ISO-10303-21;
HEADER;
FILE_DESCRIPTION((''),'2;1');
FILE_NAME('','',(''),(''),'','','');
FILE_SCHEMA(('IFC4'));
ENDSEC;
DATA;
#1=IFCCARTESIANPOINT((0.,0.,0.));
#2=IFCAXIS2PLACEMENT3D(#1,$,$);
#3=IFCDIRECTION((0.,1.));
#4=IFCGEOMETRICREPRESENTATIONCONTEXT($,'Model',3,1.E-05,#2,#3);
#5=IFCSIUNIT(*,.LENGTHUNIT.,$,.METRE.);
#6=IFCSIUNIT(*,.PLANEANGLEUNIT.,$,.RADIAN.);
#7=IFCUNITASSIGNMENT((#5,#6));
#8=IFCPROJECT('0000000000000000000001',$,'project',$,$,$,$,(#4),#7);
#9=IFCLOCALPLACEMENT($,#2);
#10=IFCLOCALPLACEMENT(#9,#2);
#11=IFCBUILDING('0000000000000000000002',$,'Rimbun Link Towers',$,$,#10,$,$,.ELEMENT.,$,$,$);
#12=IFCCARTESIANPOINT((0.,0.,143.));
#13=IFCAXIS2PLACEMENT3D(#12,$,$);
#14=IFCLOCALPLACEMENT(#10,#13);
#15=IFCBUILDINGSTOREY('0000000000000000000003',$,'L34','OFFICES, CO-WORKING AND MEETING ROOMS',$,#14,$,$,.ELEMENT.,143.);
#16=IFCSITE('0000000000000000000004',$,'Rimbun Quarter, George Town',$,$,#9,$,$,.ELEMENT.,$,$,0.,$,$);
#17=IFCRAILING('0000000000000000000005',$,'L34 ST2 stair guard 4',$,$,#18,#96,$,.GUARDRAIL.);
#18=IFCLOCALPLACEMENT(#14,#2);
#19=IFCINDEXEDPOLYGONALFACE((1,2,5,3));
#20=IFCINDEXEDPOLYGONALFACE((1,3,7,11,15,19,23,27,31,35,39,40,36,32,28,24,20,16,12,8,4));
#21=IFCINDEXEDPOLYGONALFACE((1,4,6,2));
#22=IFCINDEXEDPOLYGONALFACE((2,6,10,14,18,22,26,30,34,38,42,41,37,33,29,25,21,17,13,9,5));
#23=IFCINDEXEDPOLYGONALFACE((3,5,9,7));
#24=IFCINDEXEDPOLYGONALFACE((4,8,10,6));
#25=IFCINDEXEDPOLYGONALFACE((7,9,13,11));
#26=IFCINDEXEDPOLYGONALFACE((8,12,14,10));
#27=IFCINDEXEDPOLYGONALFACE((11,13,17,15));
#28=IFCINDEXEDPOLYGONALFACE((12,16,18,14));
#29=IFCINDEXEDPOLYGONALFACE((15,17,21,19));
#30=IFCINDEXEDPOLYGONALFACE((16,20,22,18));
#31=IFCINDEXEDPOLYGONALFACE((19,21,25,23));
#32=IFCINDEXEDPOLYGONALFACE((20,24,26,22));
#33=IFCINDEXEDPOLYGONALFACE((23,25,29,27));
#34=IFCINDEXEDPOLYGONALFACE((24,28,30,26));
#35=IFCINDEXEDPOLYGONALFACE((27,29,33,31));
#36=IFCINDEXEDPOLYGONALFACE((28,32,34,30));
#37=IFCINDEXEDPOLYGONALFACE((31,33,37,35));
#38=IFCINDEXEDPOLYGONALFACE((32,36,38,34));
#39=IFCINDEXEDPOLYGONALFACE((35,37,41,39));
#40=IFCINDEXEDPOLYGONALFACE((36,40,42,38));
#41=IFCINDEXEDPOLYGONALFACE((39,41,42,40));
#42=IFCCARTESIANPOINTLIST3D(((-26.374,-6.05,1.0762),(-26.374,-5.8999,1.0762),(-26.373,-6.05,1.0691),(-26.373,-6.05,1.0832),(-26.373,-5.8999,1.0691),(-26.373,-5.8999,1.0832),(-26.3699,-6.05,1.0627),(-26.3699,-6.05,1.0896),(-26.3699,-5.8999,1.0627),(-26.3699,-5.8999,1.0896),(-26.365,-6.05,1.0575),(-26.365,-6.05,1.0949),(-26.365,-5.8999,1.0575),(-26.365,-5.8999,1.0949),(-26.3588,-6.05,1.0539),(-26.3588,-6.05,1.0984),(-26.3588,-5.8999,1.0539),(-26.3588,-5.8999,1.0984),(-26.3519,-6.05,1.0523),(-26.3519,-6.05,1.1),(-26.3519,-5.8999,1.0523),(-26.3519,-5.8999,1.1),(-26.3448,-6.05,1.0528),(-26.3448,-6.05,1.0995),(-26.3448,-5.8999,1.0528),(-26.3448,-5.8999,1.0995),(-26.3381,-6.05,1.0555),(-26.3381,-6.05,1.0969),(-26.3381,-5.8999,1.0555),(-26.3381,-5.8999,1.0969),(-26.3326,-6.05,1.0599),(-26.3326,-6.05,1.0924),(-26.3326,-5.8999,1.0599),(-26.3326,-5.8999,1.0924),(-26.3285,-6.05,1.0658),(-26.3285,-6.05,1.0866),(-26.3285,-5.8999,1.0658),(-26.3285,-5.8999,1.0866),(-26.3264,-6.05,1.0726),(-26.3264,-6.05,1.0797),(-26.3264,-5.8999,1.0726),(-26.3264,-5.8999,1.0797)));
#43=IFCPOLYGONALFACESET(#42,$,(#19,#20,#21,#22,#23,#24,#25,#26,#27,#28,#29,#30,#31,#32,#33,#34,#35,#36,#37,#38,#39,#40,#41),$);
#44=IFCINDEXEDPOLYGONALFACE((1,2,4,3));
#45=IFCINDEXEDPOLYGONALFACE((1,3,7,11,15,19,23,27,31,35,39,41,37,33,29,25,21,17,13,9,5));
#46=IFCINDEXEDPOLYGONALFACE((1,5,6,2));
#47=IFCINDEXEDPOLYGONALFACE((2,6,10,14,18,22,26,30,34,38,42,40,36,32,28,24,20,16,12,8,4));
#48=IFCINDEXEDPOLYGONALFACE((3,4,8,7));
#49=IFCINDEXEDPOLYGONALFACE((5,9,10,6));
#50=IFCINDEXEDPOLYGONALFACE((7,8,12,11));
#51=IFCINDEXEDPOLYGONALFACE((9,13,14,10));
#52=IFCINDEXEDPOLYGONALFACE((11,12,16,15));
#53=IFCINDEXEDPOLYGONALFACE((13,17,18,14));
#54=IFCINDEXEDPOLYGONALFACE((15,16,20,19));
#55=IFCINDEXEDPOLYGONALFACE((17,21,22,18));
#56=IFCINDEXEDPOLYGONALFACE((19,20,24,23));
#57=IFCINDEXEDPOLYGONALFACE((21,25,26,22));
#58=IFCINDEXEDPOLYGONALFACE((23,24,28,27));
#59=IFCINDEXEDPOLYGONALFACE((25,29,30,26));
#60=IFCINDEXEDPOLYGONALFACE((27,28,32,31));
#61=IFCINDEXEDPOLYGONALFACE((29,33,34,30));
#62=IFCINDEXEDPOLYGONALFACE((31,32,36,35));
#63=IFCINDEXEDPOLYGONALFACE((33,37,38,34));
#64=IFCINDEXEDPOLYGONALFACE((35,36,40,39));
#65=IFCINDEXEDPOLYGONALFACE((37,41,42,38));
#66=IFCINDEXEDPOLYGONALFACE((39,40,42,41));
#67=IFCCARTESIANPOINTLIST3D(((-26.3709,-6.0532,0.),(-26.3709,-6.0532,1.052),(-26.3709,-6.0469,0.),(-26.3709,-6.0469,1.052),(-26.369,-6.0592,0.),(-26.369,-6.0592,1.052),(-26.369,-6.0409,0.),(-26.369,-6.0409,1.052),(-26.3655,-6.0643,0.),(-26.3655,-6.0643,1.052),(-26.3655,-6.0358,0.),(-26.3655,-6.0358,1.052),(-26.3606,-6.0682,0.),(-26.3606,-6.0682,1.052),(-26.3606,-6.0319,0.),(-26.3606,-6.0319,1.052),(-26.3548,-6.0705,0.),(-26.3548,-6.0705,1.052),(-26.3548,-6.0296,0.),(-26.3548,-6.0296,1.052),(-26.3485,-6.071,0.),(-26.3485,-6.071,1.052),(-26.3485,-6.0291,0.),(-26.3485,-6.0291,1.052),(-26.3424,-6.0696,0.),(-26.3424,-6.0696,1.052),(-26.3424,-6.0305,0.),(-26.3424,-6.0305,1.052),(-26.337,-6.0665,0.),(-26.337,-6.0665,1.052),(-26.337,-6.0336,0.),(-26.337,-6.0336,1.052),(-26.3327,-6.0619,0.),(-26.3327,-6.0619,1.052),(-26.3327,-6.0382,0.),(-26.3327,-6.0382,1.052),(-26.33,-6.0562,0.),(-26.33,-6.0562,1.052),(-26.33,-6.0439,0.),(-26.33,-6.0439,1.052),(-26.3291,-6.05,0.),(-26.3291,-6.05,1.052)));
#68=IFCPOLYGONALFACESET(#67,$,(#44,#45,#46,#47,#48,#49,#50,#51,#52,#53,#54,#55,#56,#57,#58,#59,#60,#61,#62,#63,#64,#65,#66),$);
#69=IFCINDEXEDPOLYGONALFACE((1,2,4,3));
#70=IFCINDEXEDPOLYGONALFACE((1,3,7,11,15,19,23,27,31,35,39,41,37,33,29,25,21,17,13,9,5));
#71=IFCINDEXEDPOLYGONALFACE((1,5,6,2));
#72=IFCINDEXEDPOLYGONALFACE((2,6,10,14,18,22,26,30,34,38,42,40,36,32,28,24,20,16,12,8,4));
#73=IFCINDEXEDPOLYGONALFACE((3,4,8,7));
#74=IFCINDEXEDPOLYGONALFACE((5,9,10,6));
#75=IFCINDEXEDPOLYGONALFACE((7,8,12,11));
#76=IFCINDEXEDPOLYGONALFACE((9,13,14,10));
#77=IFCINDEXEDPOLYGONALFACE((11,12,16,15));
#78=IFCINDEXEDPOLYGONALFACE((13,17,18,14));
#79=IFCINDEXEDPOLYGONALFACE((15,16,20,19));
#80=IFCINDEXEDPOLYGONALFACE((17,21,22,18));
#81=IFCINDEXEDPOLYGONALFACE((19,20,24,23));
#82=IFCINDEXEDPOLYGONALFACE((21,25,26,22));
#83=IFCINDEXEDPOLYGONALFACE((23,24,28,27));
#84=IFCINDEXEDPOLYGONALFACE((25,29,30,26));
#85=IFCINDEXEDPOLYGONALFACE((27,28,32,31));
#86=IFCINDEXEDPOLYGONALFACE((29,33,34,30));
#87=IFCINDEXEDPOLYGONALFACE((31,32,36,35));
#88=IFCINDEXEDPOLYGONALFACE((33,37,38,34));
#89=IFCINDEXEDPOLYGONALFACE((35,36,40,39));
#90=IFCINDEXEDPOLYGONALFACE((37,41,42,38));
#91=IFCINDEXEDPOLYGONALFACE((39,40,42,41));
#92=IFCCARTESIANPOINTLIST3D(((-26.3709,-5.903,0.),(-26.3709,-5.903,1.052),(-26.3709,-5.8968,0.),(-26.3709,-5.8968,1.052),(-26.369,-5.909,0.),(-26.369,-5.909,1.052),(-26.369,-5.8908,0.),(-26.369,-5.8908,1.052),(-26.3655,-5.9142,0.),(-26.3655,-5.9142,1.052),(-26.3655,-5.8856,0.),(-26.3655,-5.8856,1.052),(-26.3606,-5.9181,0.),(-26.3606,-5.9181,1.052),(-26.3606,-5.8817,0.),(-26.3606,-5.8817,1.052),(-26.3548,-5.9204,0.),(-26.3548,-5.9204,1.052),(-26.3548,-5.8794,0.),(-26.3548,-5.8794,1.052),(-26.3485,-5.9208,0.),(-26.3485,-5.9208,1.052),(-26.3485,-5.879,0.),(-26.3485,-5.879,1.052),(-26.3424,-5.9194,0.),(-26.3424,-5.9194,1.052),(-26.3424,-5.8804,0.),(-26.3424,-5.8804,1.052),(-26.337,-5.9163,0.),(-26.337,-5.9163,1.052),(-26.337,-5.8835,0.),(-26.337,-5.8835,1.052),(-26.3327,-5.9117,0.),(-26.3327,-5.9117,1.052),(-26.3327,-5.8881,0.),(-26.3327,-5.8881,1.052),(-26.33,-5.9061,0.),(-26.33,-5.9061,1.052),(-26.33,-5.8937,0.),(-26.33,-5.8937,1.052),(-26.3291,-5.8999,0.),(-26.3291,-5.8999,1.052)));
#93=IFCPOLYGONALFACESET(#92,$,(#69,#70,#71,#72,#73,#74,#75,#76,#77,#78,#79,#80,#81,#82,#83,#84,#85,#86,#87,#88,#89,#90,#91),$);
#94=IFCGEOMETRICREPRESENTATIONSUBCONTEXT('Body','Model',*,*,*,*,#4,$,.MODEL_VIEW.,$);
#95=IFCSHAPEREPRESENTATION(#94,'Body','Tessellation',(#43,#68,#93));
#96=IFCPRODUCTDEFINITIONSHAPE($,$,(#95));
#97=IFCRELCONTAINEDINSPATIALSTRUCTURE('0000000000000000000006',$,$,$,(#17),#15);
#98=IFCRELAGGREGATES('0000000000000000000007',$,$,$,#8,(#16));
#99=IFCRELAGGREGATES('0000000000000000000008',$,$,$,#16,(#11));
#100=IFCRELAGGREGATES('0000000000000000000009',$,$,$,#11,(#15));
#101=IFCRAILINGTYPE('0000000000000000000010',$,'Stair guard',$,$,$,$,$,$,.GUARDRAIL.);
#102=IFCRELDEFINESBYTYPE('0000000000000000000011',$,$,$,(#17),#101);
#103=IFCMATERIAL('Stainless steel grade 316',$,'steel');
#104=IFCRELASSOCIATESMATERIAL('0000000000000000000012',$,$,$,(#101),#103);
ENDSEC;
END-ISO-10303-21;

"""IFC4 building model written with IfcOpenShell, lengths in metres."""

from ifc_helpers import new_model, si_unit, direction, frame, origin, origin_2d, place, context, subcontext, project, spatial, circle, extrude, material, type_object, element, save


model = new_model("IFC4")

# Units and contexts
model_context = context("Model", 3, precision=1e-05, world=origin(), true_north=direction((0.0, 1.0)))
body_context = subcontext(model_context, "Body", "Model", "MODEL_VIEW")
ifc_project = project(units=[si_unit("LENGTHUNIT", "METRE"), si_unit("PLANEANGLEUNIT", "RADIAN")], contexts=[model_context])

# Site, building, storey
site_placement = place(None, origin())
site = spatial("IfcSite", under=ifc_project, at=site_placement, Name="Rimbun Quarter, George Town", CompositionType="ELEMENT", RefElevation=0.0)
building_placement = place(site_placement, origin())
building = spatial("IfcBuilding", under=site, at=building_placement, Name="Rimbun Link Towers", CompositionType="ELEMENT")
storey_placement = place(building_placement, frame((0.0, 0.0, 143.0)))
storey = spatial("IfcBuildingStorey", under=building, at=storey_placement, Name="L34", Description="OFFICES, CO-WORKING AND MEETING ROOMS", CompositionType="ELEMENT", Elevation=143.0)

# Railing
ifc_material_1 = material(Name="Stainless steel grade 316", Category="steel")
railing_type_1 = type_object("IfcRailingType", Name="Stair guard", PredefinedType="GUARDRAIL", material=ifc_material_1)
railing_1_placement = place(storey_placement, frame((-26.3501, -6.05, 0.0)))
element("IfcRailing", 1, at=railing_1_placement, inside=storey, type_object=railing_type_1, Name="L34 ST2 stair guard 4", PredefinedType="GUARDRAIL", context=body_context, shape_type="SweptSolid", body=[
    extrude(circle(Radius=0.0239, at=origin_2d()), frame((0.0, 0.0, 1.0762), z_axis=(0.0, 1.0, 0.0), x_axis=(-1.0, 0.0, 0.0)), (0.0, 0.0, 1.0), 0.1501),
    extrude(circle(Radius=0.021, at=origin_2d()), origin(), (0.0, 0.0, 1.0), 1.052),
    extrude(circle(Radius=0.021, at=origin_2d()), frame((0.0, 0.1501, 0.0)), (0.0, 0.0, 1.0), 1.052),
])

save(model, "model.ifc")
